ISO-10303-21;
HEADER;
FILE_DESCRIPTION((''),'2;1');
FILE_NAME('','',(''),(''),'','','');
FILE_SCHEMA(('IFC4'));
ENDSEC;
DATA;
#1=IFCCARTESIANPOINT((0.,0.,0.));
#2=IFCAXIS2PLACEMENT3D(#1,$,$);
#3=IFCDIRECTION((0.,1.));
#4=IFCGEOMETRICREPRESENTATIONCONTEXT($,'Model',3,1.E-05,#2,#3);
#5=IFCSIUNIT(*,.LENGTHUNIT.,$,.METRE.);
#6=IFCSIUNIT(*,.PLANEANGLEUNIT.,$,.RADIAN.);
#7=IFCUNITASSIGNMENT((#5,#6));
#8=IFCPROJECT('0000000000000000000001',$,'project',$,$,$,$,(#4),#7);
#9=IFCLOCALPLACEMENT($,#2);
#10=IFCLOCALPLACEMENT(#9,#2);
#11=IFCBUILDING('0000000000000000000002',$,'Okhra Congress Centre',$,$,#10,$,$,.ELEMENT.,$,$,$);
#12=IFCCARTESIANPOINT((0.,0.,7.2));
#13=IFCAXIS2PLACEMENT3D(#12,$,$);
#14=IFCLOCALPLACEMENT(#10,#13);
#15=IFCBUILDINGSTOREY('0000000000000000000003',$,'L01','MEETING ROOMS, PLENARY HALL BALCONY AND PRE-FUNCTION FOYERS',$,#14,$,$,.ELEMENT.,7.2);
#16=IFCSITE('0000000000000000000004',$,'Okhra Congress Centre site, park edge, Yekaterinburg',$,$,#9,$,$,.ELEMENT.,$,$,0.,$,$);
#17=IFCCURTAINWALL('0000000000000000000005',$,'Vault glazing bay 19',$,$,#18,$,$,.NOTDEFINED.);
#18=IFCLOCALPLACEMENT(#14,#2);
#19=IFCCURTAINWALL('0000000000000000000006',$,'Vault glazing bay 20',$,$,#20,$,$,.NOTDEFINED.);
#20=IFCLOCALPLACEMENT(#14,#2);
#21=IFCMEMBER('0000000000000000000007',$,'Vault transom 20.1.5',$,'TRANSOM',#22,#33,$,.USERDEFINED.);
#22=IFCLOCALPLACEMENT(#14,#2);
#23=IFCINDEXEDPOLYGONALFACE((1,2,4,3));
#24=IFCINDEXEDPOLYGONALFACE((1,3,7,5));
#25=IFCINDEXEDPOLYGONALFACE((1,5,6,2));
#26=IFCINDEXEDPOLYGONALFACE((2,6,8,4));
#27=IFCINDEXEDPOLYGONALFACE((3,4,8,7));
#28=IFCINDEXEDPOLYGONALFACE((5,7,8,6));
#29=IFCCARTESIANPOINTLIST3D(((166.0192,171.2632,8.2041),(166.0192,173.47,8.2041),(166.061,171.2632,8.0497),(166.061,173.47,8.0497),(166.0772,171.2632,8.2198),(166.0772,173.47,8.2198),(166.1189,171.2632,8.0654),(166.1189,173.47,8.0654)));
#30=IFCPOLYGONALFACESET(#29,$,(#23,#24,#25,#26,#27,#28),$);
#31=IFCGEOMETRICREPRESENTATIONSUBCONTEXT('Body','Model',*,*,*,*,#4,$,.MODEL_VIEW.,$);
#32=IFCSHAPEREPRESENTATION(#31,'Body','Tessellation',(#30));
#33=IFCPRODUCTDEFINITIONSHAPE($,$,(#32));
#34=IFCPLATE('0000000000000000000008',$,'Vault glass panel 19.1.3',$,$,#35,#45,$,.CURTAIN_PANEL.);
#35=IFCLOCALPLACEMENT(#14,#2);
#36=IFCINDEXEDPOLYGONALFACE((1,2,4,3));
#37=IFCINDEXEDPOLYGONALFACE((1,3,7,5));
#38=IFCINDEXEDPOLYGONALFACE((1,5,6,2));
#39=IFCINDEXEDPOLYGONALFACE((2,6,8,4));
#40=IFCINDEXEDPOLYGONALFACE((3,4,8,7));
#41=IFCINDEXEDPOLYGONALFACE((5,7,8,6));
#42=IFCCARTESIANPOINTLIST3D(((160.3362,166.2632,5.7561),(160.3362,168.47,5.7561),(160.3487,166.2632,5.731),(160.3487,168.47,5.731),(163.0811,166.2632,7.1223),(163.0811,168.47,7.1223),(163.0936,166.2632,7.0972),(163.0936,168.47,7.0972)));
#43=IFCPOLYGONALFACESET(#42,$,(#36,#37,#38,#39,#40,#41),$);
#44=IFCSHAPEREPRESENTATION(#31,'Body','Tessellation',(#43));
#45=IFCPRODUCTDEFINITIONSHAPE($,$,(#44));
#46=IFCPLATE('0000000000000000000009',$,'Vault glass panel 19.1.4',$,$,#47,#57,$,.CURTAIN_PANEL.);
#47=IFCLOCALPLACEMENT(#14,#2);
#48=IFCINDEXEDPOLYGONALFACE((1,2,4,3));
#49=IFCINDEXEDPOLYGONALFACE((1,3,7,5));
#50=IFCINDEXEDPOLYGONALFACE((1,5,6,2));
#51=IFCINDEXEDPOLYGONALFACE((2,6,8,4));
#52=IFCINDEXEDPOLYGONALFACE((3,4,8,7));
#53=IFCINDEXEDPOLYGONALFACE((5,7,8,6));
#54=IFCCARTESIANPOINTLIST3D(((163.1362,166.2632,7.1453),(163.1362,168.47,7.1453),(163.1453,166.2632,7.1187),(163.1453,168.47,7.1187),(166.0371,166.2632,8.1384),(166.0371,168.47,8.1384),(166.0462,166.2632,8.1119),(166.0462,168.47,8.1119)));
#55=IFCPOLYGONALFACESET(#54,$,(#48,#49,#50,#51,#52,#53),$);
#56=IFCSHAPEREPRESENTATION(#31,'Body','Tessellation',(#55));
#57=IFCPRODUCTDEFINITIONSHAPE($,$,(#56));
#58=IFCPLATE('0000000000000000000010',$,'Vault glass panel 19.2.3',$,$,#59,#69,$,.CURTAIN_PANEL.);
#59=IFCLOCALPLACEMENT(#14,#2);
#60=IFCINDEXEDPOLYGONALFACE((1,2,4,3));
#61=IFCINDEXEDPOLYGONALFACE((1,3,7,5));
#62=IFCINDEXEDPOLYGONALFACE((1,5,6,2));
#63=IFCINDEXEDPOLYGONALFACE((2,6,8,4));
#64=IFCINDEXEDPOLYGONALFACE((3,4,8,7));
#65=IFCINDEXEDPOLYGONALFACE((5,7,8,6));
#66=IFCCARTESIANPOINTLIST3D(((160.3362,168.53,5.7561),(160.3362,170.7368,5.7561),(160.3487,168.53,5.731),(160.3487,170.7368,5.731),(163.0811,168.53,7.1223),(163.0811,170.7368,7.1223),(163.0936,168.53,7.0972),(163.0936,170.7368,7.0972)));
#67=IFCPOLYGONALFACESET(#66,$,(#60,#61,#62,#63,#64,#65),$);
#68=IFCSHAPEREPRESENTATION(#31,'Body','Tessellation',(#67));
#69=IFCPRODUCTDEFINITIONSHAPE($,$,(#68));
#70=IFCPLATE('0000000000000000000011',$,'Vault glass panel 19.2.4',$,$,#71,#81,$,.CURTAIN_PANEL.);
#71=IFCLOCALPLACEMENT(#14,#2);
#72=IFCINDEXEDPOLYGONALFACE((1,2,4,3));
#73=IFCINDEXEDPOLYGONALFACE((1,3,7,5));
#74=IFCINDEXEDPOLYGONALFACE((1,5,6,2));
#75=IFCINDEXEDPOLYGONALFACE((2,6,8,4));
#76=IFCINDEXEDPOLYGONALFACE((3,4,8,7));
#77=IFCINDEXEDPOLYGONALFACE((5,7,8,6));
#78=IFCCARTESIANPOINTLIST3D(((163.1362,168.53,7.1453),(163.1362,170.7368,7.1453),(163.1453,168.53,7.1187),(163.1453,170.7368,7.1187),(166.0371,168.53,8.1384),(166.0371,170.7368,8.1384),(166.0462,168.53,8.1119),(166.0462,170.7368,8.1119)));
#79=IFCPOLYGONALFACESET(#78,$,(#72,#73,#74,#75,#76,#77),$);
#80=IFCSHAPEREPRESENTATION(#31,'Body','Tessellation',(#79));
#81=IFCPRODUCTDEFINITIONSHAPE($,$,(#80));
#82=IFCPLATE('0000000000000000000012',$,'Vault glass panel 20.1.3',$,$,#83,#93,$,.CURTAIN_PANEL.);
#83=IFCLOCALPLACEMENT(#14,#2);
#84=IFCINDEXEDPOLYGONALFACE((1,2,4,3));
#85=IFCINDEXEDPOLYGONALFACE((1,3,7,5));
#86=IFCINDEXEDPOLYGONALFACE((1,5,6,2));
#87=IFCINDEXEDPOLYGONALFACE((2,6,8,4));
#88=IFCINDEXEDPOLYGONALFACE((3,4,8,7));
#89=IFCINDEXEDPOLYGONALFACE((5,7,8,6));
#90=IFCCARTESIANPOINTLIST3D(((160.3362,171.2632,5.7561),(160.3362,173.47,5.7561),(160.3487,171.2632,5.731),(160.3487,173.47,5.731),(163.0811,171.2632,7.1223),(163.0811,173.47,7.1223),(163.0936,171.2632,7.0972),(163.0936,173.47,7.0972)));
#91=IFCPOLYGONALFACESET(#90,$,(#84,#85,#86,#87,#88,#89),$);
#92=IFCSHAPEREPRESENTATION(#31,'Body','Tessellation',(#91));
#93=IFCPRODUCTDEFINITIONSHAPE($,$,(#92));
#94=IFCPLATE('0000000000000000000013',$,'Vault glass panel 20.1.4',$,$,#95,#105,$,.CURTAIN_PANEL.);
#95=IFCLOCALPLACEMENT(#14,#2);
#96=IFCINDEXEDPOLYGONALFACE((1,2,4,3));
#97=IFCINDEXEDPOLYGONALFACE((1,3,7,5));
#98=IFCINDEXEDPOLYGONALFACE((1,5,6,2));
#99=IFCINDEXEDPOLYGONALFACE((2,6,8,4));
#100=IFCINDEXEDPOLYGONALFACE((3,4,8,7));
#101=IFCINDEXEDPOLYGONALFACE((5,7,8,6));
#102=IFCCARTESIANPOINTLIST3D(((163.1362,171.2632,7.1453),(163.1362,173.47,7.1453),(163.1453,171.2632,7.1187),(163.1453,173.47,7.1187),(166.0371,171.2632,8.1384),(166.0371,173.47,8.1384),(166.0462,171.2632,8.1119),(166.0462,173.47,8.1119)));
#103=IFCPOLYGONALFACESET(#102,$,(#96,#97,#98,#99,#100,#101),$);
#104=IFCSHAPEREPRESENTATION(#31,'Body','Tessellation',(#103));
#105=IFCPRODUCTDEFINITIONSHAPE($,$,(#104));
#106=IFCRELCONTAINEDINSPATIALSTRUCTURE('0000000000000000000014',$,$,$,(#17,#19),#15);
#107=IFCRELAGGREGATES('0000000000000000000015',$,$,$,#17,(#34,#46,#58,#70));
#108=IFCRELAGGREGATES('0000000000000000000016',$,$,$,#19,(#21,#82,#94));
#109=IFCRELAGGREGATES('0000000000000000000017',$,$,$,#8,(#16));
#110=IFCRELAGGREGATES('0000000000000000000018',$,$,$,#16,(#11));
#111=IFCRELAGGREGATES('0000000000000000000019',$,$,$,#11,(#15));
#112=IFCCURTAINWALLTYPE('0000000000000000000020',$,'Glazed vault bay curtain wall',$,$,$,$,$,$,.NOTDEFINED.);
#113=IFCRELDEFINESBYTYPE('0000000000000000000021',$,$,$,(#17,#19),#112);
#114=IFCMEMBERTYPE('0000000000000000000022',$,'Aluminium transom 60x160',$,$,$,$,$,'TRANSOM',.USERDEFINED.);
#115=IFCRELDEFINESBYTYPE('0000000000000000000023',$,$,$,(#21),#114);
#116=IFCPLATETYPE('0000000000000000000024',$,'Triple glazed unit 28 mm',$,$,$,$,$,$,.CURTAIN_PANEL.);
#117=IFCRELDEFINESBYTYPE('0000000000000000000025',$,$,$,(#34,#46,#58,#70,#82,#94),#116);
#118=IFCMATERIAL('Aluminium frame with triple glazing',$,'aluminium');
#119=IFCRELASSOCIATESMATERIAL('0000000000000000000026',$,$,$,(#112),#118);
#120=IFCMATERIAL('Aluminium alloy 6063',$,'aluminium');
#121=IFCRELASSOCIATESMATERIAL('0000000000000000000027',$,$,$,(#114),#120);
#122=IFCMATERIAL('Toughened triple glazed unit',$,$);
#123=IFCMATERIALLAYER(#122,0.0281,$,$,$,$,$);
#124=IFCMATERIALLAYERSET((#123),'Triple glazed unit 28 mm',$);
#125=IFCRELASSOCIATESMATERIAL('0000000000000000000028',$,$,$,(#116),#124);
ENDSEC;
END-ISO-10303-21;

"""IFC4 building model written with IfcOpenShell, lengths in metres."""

from ifc_helpers import new_model, si_unit, direction, frame, origin, origin_2d, place, context, subcontext, project, spatial, polyline, rectangle, outline, extrude, material, layer, layer_set, material_profile, profile_set, type_object, element, aggregate, save


model = new_model("IFC4")

# Units and contexts
model_context = context("Model", 3, precision=1e-05, world=origin(), true_north=direction((0.0, 1.0)))
body_context = subcontext(model_context, "Body", "Model", "MODEL_VIEW")
ifc_project = project(units=[si_unit("LENGTHUNIT", "METRE"), si_unit("PLANEANGLEUNIT", "RADIAN")], contexts=[model_context])

# Site, building, storey
site_placement = place(None, origin())
site = spatial("IfcSite", under=ifc_project, at=site_placement, Name="Okhra Congress Centre site, park edge, Yekaterinburg", CompositionType="ELEMENT", RefElevation=0.0)
building_placement = place(site_placement, origin())
building = spatial("IfcBuilding", under=site, at=building_placement, Name="Okhra Congress Centre", CompositionType="ELEMENT")
storey_placement = place(building_placement, frame((0.0, 0.0, 7.2)))
storey = spatial("IfcBuildingStorey", under=building, at=storey_placement, Name="L01", Description="MEETING ROOMS, PLENARY HALL BALCONY AND PRE-FUNCTION FOYERS", CompositionType="ELEMENT", Elevation=7.2)

# Curtain walls
ifc_material_1 = material(Name="Aluminium frame with triple glazing", Category="aluminium")
curtain_wall_type = type_object("IfcCurtainWallType", Name="Glazed vault bay curtain wall", PredefinedType="NOTDEFINED", material=ifc_material_1)
curtain_wall_1_placement = place(storey_placement, origin())
curtain_wall_1 = element("IfcCurtainWall", 1, at=curtain_wall_1_placement, inside=storey, type_object=curtain_wall_type, Name="Vault glazing bay 19", PredefinedType="NOTDEFINED")
ifc_material_2 = material(Name="Aluminium alloy 6063", Category="aluminium")
curtain_wall_2_placement = place(storey_placement, origin())
curtain_wall_2 = element("IfcCurtainWall", 2, at=curtain_wall_2_placement, inside=storey, type_object=curtain_wall_type, Name="Vault glazing bay 20", PredefinedType="NOTDEFINED")

# Member
ifc_material_profile_1 = material_profile(ifc_material_2, rectangle(XDim=0.0601, YDim=0.1599, at=origin_2d()), Name="AL 60x160 transom")
ifc_profile_set_1 = profile_set([ifc_material_profile_1], Name="Aluminium alloy 6063")
member_type_1 = type_object("IfcMemberType", Name="Aluminium transom 60x160", ElementType="TRANSOM", PredefinedType="USERDEFINED", material=ifc_profile_set_1)
member_1_placement = place(storey_placement, frame((166.0691, 171.2632, 8.1348), z_axis=(0.0, 1.0, 0.0), x_axis=(-0.96538, 0.0, -0.260848)))
member_1 = element("IfcMember", 3, at=member_1_placement, type_object=member_type_1, Name="Vault transom 20.1.5", ObjectType="TRANSOM", PredefinedType="USERDEFINED", context=body_context, shape_type="SweptSolid", body=[
    extrude(rectangle(XDim=0.0601, YDim=0.1599, at=origin_2d()), origin(), (0.0, 0.0, 1.0), 2.2068),
])

# Plates
ifc_material_3 = material(Name="Toughened triple glazed unit")
ifc_layer = layer(ifc_material_3, 0.0281)
ifc_layer_set = layer_set([ifc_layer], Name="Triple glazed unit 28 mm")
plate_type = type_object("IfcPlateType", Name="Triple glazed unit 28 mm", PredefinedType="CURTAIN_PANEL", material=ifc_layer_set)
plate_1_placement = place(storey_placement, frame((160.3362, 166.2632, 5.7561), z_axis=(-0.445588, 0.0, 0.895238), x_axis=(0.895238, 0.0, 0.445588)))
plate_1 = element("IfcPlate", 4, at=plate_1_placement, type_object=plate_type, Name="Vault glass panel 19.1.3", PredefinedType="CURTAIN_PANEL", context=body_context, shape_type="SweptSolid", body=[
    extrude(outline(polyline([(0.0, 0.0), (3.0661, 0.0), (3.0661, 2.2068), (0.0, 2.2068), (0.0, 0.0)])), origin(), (0.0, 0.0, -1.0), 0.0281),
])
plate_2_placement = place(storey_placement, frame((163.1362, 166.2632, 7.1453), z_axis=(-0.323909, 0.0, 0.946088), x_axis=(0.946088, 0.0, 0.323909)))
plate_2 = element("IfcPlate", 5, at=plate_2_placement, type_object=plate_type, Name="Vault glass panel 19.1.4", PredefinedType="CURTAIN_PANEL", context=body_context, shape_type="SweptSolid", body=[
    extrude(outline(polyline([(0.0, 0.0), (3.0662, 0.0), (3.0662, 2.2068), (0.0, 2.2068), (0.0, 0.0)])), origin(), (0.0, 0.0, -1.0), 0.0281),
])
plate_3_placement = place(storey_placement, frame((160.3362, 168.53, 5.7561), z_axis=(-0.445588, 0.0, 0.895238), x_axis=(0.895238, 0.0, 0.445588)))
plate_3 = element("IfcPlate", 6, at=plate_3_placement, type_object=plate_type, Name="Vault glass panel 19.2.3", PredefinedType="CURTAIN_PANEL", context=body_context, shape_type="SweptSolid", body=[
    extrude(outline(polyline([(0.0, 0.0), (3.0661, 0.0), (3.0661, 2.2068), (0.0, 2.2068), (0.0, 0.0)])), origin(), (0.0, 0.0, -1.0), 0.0281),
])
plate_4_placement = place(storey_placement, frame((163.1362, 168.53, 7.1453), z_axis=(-0.323909, 0.0, 0.946088), x_axis=(0.946088, 0.0, 0.323909)))
plate_4 = element("IfcPlate", 7, at=plate_4_placement, type_object=plate_type, Name="Vault glass panel 19.2.4", PredefinedType="CURTAIN_PANEL", context=body_context, shape_type="SweptSolid", body=[
    extrude(outline(polyline([(0.0, 0.0), (3.0662, 0.0), (3.0662, 2.2068), (0.0, 2.2068), (0.0, 0.0)])), origin(), (0.0, 0.0, -1.0), 0.0281),
])
aggregate(curtain_wall_1, [plate_1, plate_2, plate_3, plate_4])
plate_5_placement = place(storey_placement, frame((160.3362, 171.2632, 5.7561), z_axis=(-0.445588, 0.0, 0.895238), x_axis=(0.895238, 0.0, 0.445588)))
plate_5 = element("IfcPlate", 8, at=plate_5_placement, type_object=plate_type, Name="Vault glass panel 20.1.3", PredefinedType="CURTAIN_PANEL", context=body_context, shape_type="SweptSolid", body=[
    extrude(outline(polyline([(0.0, 0.0), (3.0661, 0.0), (3.0661, 2.2068), (0.0, 2.2068), (0.0, 0.0)])), origin(), (0.0, 0.0, -1.0), 0.0281),
])
plate_6_placement = place(storey_placement, frame((163.1362, 171.2632, 7.1453), z_axis=(-0.323909, 0.0, 0.946088), x_axis=(0.946088, 0.0, 0.323909)))
plate_6 = element("IfcPlate", 9, at=plate_6_placement, type_object=plate_type, Name="Vault glass panel 20.1.4", PredefinedType="CURTAIN_PANEL", context=body_context, shape_type="SweptSolid", body=[
    extrude(outline(polyline([(0.0, 0.0), (3.0662, 0.0), (3.0662, 2.2068), (0.0, 2.2068), (0.0, 0.0)])), origin(), (0.0, 0.0, -1.0), 0.0281),
])
aggregate(curtain_wall_2, [member_1, plate_5, plate_6])

save(model, "model.ifc")
